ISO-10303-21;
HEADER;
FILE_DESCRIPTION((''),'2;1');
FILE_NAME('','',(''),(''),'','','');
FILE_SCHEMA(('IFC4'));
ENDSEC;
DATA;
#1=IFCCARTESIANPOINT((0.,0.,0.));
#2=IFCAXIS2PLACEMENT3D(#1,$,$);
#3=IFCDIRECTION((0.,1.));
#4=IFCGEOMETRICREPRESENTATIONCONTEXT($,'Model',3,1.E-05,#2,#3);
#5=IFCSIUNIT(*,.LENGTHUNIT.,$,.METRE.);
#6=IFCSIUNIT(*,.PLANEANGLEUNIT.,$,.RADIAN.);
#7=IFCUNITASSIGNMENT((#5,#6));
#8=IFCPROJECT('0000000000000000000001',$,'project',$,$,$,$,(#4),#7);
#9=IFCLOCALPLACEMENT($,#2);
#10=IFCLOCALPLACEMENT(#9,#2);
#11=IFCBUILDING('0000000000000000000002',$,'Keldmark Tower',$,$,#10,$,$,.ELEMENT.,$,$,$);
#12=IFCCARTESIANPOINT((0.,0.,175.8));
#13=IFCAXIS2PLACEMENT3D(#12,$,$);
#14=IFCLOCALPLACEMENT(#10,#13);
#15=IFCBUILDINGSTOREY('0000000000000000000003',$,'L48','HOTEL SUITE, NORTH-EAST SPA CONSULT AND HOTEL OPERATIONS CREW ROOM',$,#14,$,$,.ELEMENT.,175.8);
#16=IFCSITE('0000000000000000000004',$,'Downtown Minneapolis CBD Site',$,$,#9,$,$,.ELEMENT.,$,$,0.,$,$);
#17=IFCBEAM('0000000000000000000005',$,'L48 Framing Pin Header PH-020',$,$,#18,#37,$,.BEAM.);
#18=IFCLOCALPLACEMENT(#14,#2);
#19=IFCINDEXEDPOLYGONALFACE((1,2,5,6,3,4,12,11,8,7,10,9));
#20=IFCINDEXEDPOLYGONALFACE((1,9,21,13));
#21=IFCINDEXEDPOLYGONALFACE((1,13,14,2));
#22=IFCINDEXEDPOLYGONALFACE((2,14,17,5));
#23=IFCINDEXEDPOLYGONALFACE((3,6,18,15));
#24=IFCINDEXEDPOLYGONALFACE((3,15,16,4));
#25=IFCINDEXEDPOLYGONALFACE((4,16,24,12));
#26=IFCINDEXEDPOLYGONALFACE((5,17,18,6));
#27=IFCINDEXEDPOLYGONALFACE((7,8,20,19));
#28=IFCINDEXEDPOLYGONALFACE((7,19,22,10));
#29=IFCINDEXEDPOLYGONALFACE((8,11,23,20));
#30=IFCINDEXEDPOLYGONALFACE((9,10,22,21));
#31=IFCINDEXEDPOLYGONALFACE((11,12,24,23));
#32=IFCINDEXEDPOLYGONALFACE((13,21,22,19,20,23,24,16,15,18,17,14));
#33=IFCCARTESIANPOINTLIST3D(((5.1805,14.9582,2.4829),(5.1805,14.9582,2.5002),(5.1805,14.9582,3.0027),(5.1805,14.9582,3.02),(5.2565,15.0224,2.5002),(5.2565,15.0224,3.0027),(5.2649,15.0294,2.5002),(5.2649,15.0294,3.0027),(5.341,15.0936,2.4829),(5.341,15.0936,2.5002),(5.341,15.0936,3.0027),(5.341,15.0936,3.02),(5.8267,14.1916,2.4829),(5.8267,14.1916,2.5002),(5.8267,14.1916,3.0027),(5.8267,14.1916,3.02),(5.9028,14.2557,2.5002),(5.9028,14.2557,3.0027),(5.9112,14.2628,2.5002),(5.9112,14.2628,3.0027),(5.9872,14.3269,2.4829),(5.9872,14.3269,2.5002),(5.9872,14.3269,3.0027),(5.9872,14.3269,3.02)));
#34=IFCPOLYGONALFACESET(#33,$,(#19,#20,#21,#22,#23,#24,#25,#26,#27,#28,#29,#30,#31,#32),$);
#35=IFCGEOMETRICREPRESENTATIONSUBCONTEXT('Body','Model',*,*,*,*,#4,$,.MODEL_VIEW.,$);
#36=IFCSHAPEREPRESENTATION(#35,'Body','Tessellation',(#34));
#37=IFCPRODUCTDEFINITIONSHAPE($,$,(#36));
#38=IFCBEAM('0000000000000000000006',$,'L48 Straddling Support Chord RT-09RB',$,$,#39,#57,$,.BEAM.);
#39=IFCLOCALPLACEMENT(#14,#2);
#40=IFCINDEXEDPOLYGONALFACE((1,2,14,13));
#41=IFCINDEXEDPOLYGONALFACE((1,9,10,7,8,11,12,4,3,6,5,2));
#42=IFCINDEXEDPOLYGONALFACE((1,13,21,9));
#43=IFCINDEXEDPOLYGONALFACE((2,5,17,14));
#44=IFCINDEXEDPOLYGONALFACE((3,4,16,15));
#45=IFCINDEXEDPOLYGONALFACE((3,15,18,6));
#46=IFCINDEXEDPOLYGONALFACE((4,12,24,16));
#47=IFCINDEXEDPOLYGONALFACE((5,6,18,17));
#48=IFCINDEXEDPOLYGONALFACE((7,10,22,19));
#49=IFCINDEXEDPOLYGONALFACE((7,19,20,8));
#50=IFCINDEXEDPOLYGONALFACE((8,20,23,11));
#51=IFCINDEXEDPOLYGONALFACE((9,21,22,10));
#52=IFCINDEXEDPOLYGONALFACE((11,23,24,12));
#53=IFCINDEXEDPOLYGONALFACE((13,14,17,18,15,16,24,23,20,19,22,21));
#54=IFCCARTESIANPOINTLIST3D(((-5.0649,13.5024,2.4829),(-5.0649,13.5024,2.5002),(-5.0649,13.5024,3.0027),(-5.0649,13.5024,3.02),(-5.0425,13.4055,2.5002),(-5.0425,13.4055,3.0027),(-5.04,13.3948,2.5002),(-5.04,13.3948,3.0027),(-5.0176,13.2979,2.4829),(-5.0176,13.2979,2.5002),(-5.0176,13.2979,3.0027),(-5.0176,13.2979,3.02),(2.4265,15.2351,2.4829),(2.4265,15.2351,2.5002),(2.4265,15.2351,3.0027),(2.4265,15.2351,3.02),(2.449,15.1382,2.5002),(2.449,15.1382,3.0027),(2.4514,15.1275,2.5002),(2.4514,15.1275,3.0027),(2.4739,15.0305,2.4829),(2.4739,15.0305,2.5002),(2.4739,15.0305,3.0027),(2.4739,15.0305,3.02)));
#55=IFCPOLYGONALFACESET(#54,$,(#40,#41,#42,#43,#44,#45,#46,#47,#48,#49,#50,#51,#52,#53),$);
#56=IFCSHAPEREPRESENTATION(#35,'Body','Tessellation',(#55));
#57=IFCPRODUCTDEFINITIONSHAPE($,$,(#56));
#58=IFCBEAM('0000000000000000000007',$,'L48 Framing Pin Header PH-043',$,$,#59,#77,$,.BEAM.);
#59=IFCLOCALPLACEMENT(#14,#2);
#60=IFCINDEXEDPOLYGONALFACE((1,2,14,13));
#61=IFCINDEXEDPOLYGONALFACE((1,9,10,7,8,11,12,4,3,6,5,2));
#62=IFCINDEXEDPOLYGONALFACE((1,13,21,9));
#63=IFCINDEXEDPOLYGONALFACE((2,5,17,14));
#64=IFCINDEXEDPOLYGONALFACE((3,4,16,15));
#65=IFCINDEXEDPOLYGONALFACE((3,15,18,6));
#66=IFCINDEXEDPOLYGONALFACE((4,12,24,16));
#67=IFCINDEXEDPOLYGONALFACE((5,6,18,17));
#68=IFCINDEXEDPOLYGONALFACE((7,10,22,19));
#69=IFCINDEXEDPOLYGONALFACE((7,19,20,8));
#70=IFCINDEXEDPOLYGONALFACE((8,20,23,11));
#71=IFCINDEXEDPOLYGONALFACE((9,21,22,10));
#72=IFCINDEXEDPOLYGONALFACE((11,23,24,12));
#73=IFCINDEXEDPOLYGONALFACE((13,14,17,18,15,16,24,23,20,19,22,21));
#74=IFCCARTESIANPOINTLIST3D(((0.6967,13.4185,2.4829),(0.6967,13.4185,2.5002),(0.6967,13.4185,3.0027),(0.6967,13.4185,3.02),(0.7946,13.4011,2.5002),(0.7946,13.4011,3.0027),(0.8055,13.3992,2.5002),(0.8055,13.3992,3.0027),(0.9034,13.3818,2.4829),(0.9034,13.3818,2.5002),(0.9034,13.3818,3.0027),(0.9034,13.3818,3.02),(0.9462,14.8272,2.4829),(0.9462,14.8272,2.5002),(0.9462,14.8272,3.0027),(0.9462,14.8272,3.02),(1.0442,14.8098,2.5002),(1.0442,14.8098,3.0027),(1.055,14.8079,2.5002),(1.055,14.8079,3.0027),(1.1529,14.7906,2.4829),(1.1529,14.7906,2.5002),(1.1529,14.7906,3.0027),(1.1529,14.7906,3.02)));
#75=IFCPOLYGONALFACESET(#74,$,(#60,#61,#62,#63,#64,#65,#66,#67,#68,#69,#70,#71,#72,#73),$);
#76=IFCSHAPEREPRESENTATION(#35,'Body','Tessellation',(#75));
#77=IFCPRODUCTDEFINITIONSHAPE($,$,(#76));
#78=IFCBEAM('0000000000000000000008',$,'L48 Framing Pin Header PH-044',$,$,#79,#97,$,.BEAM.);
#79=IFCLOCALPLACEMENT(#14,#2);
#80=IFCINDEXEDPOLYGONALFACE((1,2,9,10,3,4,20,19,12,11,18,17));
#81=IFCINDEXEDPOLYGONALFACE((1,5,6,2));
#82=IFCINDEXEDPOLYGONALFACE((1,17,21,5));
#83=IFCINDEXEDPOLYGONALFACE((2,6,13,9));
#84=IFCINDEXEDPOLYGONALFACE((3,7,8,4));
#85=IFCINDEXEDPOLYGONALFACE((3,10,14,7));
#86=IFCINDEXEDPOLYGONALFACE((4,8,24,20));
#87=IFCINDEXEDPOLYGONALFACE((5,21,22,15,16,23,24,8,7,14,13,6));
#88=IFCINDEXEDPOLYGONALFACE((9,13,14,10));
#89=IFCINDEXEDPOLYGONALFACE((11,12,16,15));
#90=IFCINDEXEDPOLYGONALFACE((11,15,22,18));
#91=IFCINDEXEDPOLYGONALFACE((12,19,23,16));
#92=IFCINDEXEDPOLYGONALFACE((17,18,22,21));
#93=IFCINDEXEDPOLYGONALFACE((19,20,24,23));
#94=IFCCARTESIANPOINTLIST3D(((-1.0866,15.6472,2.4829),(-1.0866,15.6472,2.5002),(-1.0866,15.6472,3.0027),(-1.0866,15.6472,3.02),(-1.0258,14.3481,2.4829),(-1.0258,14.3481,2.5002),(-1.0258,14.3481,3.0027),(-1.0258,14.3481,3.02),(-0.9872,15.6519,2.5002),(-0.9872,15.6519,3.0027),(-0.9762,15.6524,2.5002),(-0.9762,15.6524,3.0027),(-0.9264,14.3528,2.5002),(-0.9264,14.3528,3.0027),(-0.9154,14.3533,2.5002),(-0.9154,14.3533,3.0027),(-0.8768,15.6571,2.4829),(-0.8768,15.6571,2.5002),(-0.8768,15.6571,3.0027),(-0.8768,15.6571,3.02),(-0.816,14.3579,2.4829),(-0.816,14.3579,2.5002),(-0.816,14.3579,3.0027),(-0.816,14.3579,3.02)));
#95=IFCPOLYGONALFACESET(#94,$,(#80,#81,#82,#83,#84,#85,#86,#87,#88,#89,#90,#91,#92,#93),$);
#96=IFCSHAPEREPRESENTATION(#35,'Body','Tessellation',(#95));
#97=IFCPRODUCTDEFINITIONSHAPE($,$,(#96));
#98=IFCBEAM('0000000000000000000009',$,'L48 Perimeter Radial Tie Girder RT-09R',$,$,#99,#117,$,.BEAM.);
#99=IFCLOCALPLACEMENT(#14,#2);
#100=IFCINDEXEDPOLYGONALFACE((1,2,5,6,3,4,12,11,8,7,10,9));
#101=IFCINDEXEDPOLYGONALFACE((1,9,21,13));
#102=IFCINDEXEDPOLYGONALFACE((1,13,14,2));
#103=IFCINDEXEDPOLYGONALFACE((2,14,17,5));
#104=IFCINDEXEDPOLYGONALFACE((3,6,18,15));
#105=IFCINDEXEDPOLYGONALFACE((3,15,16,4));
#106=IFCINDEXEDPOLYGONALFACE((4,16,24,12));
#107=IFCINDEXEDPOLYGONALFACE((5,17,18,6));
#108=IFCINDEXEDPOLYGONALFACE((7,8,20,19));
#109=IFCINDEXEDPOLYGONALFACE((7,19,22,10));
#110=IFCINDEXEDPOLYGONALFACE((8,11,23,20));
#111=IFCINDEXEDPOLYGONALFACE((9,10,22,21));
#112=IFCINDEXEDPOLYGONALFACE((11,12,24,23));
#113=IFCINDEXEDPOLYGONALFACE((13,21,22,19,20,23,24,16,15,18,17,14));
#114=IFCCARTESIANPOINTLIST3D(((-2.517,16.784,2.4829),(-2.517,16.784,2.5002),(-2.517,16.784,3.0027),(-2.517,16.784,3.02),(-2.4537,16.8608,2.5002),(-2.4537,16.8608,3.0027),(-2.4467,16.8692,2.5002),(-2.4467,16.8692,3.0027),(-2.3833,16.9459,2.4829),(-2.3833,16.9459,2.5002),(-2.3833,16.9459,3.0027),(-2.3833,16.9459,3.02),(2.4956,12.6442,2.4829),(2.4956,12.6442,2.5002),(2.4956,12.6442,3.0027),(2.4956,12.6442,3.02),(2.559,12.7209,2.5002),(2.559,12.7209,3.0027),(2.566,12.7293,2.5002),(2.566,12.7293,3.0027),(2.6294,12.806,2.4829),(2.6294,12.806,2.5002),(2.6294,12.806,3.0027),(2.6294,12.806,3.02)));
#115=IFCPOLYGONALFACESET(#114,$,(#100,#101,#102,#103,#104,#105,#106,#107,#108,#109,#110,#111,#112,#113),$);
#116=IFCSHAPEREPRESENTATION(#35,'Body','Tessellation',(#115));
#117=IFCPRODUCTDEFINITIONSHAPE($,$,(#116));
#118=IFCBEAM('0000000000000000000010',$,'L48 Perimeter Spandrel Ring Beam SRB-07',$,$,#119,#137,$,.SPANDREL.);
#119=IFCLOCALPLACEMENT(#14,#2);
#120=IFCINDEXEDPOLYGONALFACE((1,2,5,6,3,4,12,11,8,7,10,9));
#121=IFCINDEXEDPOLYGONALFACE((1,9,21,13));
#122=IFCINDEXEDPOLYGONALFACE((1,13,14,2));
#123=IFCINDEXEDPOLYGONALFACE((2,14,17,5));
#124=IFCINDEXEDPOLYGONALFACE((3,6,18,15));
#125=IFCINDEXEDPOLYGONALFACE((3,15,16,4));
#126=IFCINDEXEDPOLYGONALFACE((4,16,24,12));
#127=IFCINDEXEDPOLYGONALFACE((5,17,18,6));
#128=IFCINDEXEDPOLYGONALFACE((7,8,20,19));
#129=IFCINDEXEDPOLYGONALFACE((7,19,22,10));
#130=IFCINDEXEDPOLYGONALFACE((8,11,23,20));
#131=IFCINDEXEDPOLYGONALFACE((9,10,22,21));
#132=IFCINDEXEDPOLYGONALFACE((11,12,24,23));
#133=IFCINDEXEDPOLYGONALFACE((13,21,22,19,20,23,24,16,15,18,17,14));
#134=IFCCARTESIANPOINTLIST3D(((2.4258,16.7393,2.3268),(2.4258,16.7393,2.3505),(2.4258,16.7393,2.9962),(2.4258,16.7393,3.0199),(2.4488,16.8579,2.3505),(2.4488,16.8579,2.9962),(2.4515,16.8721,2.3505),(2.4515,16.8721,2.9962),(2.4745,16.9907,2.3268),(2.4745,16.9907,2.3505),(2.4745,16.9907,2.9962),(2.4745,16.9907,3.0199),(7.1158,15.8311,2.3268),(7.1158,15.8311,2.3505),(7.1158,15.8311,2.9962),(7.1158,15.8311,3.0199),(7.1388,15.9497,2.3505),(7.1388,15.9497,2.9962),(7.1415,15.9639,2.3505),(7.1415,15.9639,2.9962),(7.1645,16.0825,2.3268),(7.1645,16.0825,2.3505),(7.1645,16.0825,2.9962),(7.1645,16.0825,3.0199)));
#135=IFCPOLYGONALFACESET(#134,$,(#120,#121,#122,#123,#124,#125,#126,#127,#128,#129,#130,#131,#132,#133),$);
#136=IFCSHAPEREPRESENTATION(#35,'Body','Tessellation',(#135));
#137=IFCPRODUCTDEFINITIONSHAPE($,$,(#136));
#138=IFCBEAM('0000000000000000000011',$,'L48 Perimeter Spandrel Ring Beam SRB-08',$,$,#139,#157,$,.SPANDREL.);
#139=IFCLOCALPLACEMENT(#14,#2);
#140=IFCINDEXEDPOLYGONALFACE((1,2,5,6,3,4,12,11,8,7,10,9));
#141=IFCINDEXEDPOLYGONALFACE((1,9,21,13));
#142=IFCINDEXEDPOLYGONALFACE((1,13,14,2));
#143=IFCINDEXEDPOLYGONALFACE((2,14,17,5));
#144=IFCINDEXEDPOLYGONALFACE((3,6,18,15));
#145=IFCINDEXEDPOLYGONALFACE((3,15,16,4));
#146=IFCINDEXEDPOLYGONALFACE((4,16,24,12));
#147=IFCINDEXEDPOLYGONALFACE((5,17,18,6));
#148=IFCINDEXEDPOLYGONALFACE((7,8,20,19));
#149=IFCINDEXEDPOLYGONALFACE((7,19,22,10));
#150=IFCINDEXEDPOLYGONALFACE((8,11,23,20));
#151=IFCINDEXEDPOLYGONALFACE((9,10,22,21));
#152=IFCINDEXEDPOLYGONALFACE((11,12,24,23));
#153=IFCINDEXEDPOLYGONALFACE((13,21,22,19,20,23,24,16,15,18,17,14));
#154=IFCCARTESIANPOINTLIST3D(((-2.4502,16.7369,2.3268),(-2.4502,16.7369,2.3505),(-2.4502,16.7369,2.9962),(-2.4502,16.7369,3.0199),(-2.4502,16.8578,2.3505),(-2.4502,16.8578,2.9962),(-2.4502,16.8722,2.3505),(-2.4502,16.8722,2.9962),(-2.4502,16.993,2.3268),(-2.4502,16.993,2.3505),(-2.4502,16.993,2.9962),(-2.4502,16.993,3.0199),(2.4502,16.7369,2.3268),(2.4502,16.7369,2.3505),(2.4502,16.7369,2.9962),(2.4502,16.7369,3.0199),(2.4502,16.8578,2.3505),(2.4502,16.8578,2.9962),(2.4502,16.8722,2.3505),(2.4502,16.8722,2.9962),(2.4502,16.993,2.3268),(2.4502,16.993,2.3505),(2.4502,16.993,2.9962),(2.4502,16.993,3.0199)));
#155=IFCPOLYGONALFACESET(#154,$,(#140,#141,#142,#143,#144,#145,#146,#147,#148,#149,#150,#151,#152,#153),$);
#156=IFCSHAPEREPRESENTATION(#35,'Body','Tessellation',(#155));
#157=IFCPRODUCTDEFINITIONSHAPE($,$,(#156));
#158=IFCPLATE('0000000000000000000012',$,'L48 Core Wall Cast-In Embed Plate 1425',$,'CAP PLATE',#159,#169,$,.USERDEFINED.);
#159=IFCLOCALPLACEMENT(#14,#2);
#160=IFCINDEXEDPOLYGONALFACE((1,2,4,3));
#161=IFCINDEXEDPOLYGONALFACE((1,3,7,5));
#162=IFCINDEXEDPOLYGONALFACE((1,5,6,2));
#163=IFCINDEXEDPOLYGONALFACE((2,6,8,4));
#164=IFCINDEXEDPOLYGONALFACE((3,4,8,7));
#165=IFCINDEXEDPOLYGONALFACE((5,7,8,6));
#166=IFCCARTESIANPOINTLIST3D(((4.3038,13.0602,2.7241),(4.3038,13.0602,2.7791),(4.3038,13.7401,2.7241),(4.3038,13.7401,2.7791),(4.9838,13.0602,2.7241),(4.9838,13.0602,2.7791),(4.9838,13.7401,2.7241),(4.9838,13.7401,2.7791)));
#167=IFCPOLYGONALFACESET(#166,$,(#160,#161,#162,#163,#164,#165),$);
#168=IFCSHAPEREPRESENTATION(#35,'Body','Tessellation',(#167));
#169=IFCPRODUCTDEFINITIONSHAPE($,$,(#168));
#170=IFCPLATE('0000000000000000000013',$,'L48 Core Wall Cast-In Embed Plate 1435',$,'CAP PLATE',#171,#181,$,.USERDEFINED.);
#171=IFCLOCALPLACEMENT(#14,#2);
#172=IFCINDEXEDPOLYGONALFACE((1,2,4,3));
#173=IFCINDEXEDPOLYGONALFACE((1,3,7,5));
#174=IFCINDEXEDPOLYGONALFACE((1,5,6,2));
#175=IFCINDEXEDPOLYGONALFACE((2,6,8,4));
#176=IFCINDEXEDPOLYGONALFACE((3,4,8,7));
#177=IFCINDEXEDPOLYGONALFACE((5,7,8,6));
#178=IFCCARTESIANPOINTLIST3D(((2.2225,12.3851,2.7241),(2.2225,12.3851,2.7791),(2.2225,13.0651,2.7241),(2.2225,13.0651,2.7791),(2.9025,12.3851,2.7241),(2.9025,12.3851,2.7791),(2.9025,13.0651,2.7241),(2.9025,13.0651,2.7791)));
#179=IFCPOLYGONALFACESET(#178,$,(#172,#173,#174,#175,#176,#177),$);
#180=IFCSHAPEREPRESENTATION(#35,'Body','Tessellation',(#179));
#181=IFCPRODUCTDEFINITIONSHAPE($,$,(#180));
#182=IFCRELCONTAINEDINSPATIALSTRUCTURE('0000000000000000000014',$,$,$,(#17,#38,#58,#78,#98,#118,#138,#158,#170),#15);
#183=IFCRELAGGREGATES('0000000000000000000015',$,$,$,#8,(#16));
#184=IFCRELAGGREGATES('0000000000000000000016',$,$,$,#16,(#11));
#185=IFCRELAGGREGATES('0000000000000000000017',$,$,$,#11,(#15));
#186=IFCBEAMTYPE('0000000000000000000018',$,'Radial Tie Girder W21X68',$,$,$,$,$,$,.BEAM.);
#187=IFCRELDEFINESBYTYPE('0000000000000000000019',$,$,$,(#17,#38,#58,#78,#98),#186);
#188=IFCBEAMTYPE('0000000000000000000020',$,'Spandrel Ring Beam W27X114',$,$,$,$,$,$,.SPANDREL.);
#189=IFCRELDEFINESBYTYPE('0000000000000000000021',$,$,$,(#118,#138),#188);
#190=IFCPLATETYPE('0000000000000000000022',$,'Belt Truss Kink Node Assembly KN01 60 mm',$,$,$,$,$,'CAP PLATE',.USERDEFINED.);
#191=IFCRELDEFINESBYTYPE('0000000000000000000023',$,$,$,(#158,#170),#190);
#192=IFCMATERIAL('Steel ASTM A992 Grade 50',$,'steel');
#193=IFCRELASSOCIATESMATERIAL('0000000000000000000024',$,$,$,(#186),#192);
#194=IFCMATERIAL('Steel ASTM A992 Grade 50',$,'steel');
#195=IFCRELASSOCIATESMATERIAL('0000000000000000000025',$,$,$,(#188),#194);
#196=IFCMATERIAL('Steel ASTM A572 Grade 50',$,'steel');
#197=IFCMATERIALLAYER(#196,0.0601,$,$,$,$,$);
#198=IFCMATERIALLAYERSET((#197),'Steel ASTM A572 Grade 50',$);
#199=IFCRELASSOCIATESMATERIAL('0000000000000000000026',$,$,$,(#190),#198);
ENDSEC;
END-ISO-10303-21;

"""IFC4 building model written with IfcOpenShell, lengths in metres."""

from ifc_helpers import new_model, si_unit, direction, frame, origin, origin_2d, place, context, subcontext, project, spatial, rectangle, i_section, extrude, material, layer, layer_set, material_profile, profile_set, type_object, element, save


model = new_model("IFC4")

# Units and contexts
model_context = context("Model", 3, precision=1e-05, world=origin(), true_north=direction((0.0, 1.0)))
body_context = subcontext(model_context, "Body", "Model", "MODEL_VIEW")
ifc_project = project(units=[si_unit("LENGTHUNIT", "METRE"), si_unit("PLANEANGLEUNIT", "RADIAN")], contexts=[model_context])

# Site, building, storey
site_placement = place(None, origin())
site = spatial("IfcSite", under=ifc_project, at=site_placement, Name="Downtown Minneapolis CBD Site", CompositionType="ELEMENT", RefElevation=0.0)
building_placement = place(site_placement, origin())
building = spatial("IfcBuilding", under=site, at=building_placement, Name="Keldmark Tower", CompositionType="ELEMENT")
storey_placement = place(building_placement, frame((0.0, 0.0, 175.8)))
storey = spatial("IfcBuildingStorey", under=building, at=storey_placement, Name="L48", Description="HOTEL SUITE, NORTH-EAST SPA CONSULT AND HOTEL OPERATIONS CREW ROOM", CompositionType="ELEMENT", Elevation=175.8)

# Beams
ifc_material_1 = material(Name="Steel ASTM A992 Grade 50", Category="steel")
ifc_material_profile_1 = material_profile(ifc_material_1, i_section(OverallWidth=0.21, OverallDepth=0.5371, WebThickness=0.011, FlangeThickness=0.0173, at=origin_2d()), Name="W21X68")
ifc_profile_set_1 = profile_set([ifc_material_profile_1], Name="Steel ASTM A992 Grade 50")
beam_type_1 = type_object("IfcBeamType", Name="Radial Tie Girder W21X68", PredefinedType="BEAM", material=ifc_profile_set_1)
beam_1_placement = place(storey_placement, frame((5.907, 14.2593, 2.7515), z_axis=(-0.644533, 0.764576, 0.0), x_axis=(-0.764576, -0.644533, 0.0)))
element("IfcBeam", 1, at=beam_1_placement, inside=storey, type_object=beam_type_1, Name="L48 Framing Pin Header PH-020", PredefinedType="BEAM", context=body_context, shape_type="SweptSolid", body=[
    extrude(i_section(OverallWidth=0.21, OverallDepth=0.5371, WebThickness=0.011, FlangeThickness=0.0173, at=origin_2d()), origin(), (0.0, 0.0, 1.0), 1.0027),
])
beam_2_placement = place(storey_placement, frame((2.4502, 15.1328, 2.7515), z_axis=(-0.974281, -0.225337, 0.0), x_axis=(0.225337, -0.974281, 0.0)))
element("IfcBeam", 2, at=beam_2_placement, inside=storey, type_object=beam_type_1, Name="L48 Straddling Support Chord RT-09RB", PredefinedType="BEAM", context=body_context, shape_type="SweptSolid", body=[
    extrude(i_section(OverallWidth=0.21, OverallDepth=0.5371, WebThickness=0.011, FlangeThickness=0.0173, at=origin_2d()), origin(), (0.0, 0.0, 1.0), 7.6892),
])
beam_3_placement = place(storey_placement, frame((0.8, 13.4001, 2.7515), z_axis=(0.174408, 0.984673, 0.0), x_axis=(-0.984673, 0.174408, 0.0)))
element("IfcBeam", 3, at=beam_3_placement, inside=storey, type_object=beam_type_1, Name="L48 Framing Pin Header PH-043", PredefinedType="BEAM", context=body_context, shape_type="SweptSolid", body=[
    extrude(i_section(OverallWidth=0.21, OverallDepth=0.5371, WebThickness=0.011, FlangeThickness=0.0173, at=origin_2d()), origin(), (0.0, 0.0, 1.0), 1.4307),
])
beam_4_placement = place(storey_placement, frame((-0.9209, 14.353, 2.7515), z_axis=(-0.046745, 0.998907, 0.0), x_axis=(-0.998907, -0.046745, 0.0)))
element("IfcBeam", 4, at=beam_4_placement, inside=storey, type_object=beam_type_1, Name="L48 Framing Pin Header PH-044", PredefinedType="BEAM", context=body_context, shape_type="SweptSolid", body=[
    extrude(i_section(OverallWidth=0.21, OverallDepth=0.5371, WebThickness=0.011, FlangeThickness=0.0173, at=origin_2d()), origin(), (0.0, 0.0, 1.0), 1.3005),
])
beam_5_placement = place(storey_placement, frame((2.5625, 12.7251, 2.7515), z_axis=(-0.77104, 0.636787, 0.0), x_axis=(-0.636787, -0.77104, 0.0)))
element("IfcBeam", 5, at=beam_5_placement, inside=storey, type_object=beam_type_1, Name="L48 Perimeter Radial Tie Girder RT-09R", PredefinedType="BEAM", context=body_context, shape_type="SweptSolid", body=[
    extrude(i_section(OverallWidth=0.21, OverallDepth=0.5371, WebThickness=0.011, FlangeThickness=0.0173, at=origin_2d()), origin(), (0.0, 0.0, 1.0), 6.5012),
])
ifc_material_2 = material(Name="Steel ASTM A992 Grade 50", Category="steel")
ifc_material_profile_2 = material_profile(ifc_material_2, i_section(OverallWidth=0.2561, OverallDepth=0.6931, WebThickness=0.0144, FlangeThickness=0.0237, at=origin_2d()), Name="W27X114")
ifc_profile_set_2 = profile_set([ifc_material_profile_2], Name="Steel ASTM A992 Grade 50")
beam_type_2 = type_object("IfcBeamType", Name="Spandrel Ring Beam W27X114", PredefinedType="SPANDREL", material=ifc_profile_set_2)
beam_6_placement = place(storey_placement, frame((7.1401, 15.9568, 2.6733), z_axis=(-0.981761, 0.190117, 0.0), x_axis=(-0.190117, -0.981761, 0.0)))
element("IfcBeam", 6, at=beam_6_placement, inside=storey, type_object=beam_type_2, Name="L48 Perimeter Spandrel Ring Beam SRB-07", PredefinedType="SPANDREL", context=body_context, shape_type="SweptSolid", body=[
    extrude(i_section(OverallWidth=0.2561, OverallDepth=0.6931, WebThickness=0.0144, FlangeThickness=0.0237, at=origin_2d()), origin(), (0.0, 0.0, 1.0), 4.7771),
])
beam_7_placement = place(storey_placement, frame((2.4502, 16.865, 2.6733), z_axis=(-1.0, 0.0, 0.0), x_axis=(0.0, -1.0, 0.0)))
element("IfcBeam", 7, at=beam_7_placement, inside=storey, type_object=beam_type_2, Name="L48 Perimeter Spandrel Ring Beam SRB-08", PredefinedType="SPANDREL", context=body_context, shape_type="SweptSolid", body=[
    extrude(i_section(OverallWidth=0.2561, OverallDepth=0.6931, WebThickness=0.0144, FlangeThickness=0.0237, at=origin_2d()), origin(), (0.0, 0.0, 1.0), 4.9004),
])

# Plates
ifc_material_3 = material(Name="Steel ASTM A572 Grade 50", Category="steel")
ifc_layer_1 = layer(ifc_material_3, 0.0601)
ifc_layer_set_1 = layer_set([ifc_layer_1], Name="Steel ASTM A572 Grade 50")
plate_type_1 = type_object("IfcPlateType", Name="Belt Truss Kink Node Assembly KN01 60 mm", ElementType="CAP PLATE", PredefinedType="USERDEFINED", material=ifc_layer_set_1)
for number, where, z_axis, x_axis, name in (
    (8, (4.6438, 13.4001, 2.7241), (0.0, 0.0, 1.0), (1.0, 0.0, 0.0), "L48 Core Wall Cast-In Embed Plate 1425"),
    (9, (2.5625, 12.7251, 2.7241), (0.0, 0.0, 1.0), (1.0, 0.0, 0.0), "L48 Core Wall Cast-In Embed Plate 1435"),
):
    element("IfcPlate", number, at=place(storey_placement, frame(where, z_axis=z_axis, x_axis=x_axis)), inside=storey, type_object=plate_type_1, Name=name, ObjectType="CAP PLATE", PredefinedType="USERDEFINED", context=body_context, shape_type="SweptSolid", body=[
        extrude(rectangle(XDim=0.6799, YDim=0.6799, at=origin_2d()), origin(), (0.0, 0.0, 1.0), 0.0549),
    ])

save(model, "model.ifc")
